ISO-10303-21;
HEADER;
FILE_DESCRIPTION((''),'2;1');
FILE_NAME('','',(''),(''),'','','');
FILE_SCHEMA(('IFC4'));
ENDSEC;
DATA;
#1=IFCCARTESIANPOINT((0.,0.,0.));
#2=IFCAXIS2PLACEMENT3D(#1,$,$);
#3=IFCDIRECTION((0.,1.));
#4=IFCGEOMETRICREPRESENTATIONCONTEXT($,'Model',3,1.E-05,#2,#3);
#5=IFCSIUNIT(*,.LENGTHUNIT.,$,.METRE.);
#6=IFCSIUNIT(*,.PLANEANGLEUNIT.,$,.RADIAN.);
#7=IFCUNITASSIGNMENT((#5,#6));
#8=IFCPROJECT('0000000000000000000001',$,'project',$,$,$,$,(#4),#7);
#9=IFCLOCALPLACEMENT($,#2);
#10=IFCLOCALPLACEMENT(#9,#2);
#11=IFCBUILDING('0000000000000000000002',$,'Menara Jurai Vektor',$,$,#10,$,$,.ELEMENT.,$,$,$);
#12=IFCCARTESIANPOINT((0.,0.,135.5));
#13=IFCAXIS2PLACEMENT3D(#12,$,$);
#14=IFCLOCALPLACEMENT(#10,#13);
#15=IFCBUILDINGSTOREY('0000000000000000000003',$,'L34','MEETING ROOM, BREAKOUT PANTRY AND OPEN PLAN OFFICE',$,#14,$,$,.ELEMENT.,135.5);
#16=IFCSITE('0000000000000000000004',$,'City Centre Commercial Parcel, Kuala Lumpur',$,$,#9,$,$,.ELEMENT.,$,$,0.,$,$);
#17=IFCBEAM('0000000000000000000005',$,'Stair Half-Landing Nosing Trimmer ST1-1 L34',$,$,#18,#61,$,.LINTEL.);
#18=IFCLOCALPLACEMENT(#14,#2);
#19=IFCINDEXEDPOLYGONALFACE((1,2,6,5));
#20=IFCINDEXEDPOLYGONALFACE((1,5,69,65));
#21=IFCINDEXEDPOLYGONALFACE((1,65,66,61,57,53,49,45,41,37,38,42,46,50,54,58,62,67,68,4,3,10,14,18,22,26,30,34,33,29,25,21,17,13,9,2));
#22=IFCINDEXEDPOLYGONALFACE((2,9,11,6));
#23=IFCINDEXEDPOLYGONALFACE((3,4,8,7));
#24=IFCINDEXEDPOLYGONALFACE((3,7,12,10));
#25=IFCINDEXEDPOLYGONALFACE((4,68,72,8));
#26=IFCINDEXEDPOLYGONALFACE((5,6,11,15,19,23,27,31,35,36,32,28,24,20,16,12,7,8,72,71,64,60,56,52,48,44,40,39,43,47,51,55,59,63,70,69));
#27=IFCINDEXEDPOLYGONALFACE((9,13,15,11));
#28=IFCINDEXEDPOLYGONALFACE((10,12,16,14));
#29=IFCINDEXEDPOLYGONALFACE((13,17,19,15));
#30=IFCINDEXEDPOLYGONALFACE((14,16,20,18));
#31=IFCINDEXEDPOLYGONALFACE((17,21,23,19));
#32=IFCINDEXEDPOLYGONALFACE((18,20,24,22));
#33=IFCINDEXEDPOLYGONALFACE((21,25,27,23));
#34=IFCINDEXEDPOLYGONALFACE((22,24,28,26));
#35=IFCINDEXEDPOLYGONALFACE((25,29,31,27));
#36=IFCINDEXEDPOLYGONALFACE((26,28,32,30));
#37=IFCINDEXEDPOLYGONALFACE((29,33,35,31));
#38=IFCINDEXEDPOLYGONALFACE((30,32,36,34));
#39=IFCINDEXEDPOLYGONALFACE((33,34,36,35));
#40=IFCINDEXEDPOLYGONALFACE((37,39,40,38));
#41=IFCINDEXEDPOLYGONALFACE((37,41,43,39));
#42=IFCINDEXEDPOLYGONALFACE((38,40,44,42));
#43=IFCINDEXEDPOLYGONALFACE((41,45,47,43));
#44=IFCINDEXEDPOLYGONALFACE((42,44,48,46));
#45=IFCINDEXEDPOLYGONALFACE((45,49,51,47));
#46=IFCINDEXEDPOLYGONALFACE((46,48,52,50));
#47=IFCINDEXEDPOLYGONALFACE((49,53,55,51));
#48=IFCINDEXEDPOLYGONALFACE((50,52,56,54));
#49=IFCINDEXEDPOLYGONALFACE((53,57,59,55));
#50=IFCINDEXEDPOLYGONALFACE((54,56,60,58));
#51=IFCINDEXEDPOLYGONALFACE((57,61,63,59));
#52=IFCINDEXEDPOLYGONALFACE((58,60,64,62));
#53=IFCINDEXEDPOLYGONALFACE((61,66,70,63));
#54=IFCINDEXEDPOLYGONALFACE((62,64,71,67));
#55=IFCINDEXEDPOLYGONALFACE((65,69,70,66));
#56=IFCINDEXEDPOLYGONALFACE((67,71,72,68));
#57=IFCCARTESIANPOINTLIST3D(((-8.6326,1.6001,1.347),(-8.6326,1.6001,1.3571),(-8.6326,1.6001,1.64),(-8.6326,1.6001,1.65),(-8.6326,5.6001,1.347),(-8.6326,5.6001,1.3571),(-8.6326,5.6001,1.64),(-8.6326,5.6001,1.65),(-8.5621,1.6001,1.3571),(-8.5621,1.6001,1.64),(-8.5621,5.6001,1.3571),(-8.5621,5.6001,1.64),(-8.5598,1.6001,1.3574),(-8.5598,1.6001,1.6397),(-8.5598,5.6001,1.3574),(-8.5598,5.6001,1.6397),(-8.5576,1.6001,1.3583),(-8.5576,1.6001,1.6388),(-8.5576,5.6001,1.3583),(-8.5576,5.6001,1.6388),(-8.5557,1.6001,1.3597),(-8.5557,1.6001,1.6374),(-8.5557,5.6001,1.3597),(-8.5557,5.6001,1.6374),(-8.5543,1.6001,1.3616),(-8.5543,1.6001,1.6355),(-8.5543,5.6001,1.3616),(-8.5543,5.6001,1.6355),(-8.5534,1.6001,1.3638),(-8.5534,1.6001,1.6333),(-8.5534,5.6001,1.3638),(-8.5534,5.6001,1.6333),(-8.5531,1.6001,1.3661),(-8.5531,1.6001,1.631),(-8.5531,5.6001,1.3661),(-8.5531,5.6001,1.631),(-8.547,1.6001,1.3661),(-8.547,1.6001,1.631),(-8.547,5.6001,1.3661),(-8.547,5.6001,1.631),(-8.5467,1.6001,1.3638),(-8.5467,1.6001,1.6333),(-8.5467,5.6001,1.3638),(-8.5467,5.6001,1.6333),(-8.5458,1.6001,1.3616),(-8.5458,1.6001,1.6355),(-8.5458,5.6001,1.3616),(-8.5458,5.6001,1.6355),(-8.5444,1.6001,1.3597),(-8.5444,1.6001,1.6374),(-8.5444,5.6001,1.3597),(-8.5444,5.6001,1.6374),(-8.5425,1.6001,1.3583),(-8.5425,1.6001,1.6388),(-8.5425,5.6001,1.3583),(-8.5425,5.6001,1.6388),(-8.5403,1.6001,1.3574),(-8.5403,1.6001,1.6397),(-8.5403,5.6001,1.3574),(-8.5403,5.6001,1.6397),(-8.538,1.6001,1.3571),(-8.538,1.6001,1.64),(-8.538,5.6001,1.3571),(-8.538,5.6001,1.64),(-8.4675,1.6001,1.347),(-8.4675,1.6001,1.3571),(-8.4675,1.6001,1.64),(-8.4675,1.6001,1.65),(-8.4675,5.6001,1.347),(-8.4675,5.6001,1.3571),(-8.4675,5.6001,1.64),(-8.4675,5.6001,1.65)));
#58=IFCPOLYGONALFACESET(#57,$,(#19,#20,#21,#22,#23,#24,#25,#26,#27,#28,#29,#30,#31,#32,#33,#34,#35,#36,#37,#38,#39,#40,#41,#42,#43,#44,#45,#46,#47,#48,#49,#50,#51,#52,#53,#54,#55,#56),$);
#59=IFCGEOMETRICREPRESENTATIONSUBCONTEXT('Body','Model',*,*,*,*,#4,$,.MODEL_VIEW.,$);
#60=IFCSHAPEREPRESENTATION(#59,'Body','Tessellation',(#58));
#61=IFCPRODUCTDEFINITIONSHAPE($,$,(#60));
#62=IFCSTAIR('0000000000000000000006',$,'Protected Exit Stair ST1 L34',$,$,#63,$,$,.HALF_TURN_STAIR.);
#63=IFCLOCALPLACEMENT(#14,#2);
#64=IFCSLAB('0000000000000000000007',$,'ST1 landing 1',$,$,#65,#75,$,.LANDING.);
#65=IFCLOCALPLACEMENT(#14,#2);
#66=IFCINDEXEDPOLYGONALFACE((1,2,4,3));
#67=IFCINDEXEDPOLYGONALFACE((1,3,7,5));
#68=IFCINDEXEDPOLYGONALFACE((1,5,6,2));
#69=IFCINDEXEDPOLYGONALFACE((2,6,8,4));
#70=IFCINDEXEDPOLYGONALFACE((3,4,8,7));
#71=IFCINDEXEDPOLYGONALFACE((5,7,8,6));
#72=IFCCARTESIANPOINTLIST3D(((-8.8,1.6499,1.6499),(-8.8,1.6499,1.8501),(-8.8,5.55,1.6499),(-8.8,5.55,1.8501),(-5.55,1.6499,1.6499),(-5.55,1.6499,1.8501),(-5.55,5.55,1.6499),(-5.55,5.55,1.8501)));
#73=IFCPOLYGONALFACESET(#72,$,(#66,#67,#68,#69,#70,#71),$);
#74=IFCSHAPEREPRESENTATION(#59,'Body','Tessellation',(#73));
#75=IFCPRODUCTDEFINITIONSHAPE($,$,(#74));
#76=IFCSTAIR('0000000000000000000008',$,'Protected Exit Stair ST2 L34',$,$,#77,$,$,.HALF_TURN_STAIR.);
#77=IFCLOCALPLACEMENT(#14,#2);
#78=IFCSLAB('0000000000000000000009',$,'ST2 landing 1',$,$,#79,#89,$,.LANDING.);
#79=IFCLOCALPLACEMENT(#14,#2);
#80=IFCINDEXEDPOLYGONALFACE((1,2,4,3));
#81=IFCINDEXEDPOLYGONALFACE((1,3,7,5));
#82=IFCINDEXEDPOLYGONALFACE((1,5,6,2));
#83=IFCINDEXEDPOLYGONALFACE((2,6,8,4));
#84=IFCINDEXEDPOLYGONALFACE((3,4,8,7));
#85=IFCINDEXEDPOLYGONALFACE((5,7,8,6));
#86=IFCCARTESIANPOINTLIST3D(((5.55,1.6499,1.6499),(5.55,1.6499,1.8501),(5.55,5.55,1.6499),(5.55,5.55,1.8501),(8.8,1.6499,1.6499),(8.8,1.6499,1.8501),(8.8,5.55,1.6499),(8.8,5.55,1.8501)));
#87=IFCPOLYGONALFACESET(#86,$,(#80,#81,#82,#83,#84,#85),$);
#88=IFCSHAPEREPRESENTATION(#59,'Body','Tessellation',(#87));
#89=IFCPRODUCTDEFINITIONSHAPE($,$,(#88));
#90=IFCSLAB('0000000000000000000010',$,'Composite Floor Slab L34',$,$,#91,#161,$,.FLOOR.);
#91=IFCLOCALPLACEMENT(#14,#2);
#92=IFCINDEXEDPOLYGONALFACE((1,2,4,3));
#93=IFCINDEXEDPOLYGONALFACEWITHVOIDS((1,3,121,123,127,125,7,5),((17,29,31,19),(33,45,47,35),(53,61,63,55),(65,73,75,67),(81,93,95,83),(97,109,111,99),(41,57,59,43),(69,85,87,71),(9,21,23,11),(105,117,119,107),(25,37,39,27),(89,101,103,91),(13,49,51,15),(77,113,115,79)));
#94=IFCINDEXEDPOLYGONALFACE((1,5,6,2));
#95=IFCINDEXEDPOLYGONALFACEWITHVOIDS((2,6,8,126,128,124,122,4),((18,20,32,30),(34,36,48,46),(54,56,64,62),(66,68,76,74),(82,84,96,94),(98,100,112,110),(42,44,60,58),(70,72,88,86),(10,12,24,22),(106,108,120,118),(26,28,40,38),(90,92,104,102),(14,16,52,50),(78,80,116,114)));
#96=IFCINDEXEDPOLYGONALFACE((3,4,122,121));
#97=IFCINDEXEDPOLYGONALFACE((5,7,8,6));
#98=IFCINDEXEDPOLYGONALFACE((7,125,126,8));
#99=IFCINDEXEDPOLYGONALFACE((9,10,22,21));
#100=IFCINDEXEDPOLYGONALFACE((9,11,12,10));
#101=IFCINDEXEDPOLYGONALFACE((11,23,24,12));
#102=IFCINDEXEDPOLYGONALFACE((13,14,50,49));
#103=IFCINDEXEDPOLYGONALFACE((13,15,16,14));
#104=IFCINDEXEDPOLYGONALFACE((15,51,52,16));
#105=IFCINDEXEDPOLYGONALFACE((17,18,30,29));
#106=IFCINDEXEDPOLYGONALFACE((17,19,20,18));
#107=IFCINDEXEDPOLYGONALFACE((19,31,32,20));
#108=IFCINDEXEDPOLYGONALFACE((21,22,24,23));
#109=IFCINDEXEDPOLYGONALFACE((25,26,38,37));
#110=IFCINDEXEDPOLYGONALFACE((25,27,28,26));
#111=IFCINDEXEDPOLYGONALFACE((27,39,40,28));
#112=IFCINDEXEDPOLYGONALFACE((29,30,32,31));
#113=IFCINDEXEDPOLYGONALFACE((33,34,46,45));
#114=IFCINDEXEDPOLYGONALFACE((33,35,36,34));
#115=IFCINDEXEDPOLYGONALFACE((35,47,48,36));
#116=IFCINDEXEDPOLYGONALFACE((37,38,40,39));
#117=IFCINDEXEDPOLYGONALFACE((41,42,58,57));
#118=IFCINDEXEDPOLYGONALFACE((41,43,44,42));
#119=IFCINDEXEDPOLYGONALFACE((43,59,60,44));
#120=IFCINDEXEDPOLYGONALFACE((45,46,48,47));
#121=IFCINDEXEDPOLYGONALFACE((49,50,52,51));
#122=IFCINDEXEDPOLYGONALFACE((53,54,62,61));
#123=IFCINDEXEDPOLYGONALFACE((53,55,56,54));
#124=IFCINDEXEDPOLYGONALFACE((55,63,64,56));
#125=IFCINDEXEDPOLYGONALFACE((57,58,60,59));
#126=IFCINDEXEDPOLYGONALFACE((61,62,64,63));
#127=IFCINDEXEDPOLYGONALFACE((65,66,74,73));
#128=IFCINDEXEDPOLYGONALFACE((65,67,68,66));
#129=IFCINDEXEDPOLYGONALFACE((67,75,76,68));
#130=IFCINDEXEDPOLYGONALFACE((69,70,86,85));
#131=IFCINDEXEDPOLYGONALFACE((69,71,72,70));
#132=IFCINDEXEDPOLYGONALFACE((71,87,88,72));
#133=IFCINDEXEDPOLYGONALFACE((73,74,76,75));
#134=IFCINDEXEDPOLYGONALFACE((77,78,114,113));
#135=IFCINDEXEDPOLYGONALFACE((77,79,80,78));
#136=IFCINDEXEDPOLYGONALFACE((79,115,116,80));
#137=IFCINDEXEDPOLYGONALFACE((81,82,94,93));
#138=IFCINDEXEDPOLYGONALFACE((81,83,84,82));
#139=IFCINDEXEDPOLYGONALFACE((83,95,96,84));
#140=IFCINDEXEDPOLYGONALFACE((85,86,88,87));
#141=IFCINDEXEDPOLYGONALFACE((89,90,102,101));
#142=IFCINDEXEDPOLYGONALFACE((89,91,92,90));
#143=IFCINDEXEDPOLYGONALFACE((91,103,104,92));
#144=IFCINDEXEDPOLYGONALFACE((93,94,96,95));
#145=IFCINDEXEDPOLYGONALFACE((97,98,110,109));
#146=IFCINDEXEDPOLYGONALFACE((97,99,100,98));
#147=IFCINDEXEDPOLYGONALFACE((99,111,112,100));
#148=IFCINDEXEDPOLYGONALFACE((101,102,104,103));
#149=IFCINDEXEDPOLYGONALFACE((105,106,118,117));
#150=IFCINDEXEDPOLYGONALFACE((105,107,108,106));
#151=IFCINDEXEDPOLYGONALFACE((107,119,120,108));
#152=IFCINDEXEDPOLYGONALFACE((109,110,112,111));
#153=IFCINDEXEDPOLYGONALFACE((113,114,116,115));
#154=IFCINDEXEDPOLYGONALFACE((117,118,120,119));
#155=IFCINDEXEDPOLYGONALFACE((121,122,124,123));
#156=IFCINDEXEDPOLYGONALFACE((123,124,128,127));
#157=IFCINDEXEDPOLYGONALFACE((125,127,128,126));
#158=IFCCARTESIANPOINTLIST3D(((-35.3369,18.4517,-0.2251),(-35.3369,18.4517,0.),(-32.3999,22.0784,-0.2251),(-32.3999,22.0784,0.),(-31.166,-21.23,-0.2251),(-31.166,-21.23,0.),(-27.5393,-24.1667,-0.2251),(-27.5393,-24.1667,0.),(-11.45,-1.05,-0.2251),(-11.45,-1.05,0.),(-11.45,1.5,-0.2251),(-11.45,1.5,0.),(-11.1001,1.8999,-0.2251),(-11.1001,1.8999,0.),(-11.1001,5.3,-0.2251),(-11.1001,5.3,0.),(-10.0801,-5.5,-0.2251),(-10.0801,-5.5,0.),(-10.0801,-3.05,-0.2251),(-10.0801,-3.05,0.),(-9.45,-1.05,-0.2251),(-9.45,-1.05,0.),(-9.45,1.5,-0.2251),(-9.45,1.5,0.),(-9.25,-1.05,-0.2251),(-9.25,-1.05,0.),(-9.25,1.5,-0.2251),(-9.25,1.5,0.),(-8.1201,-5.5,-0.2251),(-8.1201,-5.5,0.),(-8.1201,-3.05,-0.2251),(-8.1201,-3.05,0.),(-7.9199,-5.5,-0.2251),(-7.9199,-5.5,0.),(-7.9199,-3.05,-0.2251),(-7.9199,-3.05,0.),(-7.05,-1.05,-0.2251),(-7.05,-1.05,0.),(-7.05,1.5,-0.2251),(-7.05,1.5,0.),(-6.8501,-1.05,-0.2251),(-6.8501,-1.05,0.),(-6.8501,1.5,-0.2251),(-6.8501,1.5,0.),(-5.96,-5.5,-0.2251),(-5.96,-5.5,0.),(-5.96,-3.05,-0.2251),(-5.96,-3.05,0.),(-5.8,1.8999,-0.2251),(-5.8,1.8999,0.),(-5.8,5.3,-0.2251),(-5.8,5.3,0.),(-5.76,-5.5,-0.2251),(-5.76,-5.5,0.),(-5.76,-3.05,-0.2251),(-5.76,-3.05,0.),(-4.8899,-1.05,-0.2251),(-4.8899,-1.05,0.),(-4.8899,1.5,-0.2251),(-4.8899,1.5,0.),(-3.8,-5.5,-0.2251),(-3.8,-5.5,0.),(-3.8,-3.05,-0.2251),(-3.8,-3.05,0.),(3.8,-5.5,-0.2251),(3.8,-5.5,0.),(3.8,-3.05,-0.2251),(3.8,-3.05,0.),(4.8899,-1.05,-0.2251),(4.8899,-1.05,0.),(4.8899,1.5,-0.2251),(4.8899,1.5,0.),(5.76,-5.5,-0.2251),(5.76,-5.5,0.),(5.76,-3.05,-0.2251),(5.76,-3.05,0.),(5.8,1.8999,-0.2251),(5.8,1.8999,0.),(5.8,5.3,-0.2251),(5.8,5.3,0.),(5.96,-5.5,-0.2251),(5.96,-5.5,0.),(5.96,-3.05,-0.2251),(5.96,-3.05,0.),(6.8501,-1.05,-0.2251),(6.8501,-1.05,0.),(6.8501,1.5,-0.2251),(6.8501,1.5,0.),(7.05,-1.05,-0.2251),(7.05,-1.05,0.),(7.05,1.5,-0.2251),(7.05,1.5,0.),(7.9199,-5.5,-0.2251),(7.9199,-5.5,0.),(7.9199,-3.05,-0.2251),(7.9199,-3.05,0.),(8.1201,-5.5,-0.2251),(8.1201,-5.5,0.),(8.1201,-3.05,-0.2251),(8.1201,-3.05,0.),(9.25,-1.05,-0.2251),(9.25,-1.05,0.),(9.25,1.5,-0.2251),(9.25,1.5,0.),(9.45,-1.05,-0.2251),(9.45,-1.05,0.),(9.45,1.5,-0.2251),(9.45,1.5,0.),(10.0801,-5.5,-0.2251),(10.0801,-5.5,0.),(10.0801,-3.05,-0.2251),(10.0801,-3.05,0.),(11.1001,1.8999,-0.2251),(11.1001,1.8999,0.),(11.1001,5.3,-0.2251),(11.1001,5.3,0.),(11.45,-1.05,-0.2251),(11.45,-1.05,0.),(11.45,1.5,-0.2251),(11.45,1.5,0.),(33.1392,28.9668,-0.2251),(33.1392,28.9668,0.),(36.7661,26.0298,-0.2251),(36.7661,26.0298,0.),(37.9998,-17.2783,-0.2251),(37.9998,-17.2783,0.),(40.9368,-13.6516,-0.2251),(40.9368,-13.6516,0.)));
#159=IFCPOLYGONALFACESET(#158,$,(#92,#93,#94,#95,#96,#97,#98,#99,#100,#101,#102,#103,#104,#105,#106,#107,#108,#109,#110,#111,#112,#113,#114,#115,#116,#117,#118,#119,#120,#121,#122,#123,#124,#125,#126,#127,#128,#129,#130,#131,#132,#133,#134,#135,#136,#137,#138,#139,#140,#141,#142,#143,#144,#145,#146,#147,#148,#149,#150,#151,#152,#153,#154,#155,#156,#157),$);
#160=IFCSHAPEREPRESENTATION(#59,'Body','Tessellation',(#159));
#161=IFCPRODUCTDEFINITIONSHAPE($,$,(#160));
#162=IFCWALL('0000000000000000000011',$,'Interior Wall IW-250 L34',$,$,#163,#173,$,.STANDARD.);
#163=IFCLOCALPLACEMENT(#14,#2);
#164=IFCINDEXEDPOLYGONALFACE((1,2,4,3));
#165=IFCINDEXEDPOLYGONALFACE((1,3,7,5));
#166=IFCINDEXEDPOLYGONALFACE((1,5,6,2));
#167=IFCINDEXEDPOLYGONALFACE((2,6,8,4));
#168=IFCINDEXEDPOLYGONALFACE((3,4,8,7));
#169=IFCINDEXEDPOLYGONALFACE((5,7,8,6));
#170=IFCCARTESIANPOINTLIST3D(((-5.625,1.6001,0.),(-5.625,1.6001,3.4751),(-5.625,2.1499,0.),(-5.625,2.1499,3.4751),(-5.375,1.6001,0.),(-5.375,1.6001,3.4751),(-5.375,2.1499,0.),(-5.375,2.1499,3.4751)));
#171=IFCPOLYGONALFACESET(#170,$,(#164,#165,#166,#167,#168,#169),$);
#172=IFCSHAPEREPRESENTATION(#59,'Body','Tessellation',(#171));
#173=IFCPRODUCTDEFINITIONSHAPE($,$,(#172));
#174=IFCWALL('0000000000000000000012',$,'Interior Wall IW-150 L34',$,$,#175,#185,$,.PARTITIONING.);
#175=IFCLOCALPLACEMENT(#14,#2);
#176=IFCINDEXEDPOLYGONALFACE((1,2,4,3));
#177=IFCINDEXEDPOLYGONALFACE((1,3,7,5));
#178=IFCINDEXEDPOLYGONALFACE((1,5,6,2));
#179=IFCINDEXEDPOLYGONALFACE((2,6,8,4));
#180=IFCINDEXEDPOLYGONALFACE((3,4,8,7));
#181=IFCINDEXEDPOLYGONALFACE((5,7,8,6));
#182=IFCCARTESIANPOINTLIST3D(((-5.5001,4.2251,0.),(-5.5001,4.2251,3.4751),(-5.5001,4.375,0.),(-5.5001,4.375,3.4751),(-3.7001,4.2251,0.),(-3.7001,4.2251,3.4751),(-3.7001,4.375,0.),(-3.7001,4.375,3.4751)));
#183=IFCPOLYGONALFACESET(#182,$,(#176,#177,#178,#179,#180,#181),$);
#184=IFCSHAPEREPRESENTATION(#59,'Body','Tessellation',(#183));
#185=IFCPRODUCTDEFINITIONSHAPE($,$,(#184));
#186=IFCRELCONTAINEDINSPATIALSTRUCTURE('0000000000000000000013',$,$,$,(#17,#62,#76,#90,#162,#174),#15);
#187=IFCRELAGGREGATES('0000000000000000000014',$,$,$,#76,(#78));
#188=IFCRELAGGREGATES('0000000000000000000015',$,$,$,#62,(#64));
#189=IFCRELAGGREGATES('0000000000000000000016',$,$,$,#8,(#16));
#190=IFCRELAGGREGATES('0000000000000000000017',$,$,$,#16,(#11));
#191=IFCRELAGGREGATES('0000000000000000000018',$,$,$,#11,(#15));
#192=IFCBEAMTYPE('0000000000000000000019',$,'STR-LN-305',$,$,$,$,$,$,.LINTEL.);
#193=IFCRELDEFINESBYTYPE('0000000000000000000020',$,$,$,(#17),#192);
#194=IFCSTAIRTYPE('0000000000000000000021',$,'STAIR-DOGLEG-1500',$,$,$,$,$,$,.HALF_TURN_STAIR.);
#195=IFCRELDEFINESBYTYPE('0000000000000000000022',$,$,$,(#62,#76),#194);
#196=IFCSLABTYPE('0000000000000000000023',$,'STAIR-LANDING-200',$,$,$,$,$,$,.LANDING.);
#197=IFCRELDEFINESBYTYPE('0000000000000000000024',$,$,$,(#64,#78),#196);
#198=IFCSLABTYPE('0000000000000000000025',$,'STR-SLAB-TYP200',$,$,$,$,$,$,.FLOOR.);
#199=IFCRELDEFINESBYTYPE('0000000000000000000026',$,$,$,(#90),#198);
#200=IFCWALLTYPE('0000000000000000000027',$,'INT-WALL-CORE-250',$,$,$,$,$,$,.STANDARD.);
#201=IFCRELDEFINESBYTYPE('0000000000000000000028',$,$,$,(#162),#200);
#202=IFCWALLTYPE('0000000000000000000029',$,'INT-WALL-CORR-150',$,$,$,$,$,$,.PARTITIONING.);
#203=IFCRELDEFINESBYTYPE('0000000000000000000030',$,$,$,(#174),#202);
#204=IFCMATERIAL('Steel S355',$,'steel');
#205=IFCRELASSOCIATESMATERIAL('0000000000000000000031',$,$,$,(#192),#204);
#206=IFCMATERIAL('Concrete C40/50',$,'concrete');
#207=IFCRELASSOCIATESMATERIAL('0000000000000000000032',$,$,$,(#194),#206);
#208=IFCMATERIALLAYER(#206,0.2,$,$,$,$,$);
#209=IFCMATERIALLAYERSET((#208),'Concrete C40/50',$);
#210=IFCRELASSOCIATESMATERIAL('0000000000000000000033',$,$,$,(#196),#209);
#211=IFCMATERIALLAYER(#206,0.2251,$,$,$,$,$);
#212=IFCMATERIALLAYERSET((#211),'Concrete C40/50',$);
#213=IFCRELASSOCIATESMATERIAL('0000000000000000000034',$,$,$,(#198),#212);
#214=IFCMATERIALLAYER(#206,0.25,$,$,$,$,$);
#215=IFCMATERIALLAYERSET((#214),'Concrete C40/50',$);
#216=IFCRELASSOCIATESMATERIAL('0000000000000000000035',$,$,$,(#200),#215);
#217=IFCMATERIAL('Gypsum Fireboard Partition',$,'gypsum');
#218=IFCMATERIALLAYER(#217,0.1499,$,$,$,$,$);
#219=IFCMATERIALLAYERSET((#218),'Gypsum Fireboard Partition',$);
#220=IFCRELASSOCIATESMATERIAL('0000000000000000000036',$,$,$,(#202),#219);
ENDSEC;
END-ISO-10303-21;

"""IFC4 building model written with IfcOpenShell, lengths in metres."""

from ifc_helpers import new_model, si_unit, direction, frame, frame_2d, origin, origin_2d, place, context, subcontext, project, spatial, polyline, rectangle, i_section, outline, extrude, material, layer, layer_set, material_profile, profile_set, type_object, element, aggregate, save


model = new_model("IFC4")

# Units and contexts
model_context = context("Model", 3, precision=1e-05, world=origin(), true_north=direction((0.0, 1.0)))
body_context = subcontext(model_context, "Body", "Model", "MODEL_VIEW")
ifc_project = project(units=[si_unit("LENGTHUNIT", "METRE"), si_unit("PLANEANGLEUNIT", "RADIAN")], contexts=[model_context])

# Site, building, storey
site_placement = place(None, origin())
site = spatial("IfcSite", under=ifc_project, at=site_placement, Name="City Centre Commercial Parcel, Kuala Lumpur", CompositionType="ELEMENT", RefElevation=0.0)
building_placement = place(site_placement, origin())
building = spatial("IfcBuilding", under=site, at=building_placement, Name="Menara Jurai Vektor", CompositionType="ELEMENT")
storey_placement = place(building_placement, frame((0.0, 0.0, 135.5)))
storey = spatial("IfcBuildingStorey", under=building, at=storey_placement, Name="L34", Description="MEETING ROOM, BREAKOUT PANTRY AND OPEN PLAN OFFICE", CompositionType="ELEMENT", Elevation=135.5)

# Shared definitions
ifc_material_1 = material(Name="Steel S355", Category="steel")

# Beam
ifc_material_profile_1 = material_profile(ifc_material_1, i_section(OverallWidth=0.165, OverallDepth=0.303, WebThickness=0.0061, FlangeThickness=0.01, FilletRadius=0.009, at=origin_2d()), Name="UKB 305x165x40")
ifc_profile_set_1 = profile_set([ifc_material_profile_1], Name="Steel S355")
beam_type_1 = type_object("IfcBeamType", Name="STR-LN-305", PredefinedType="LINTEL", material=ifc_profile_set_1)
beam_1_placement = place(storey_placement, frame((-8.55, 1.6001, 1.4985), z_axis=(0.0, 1.0, 0.0), x_axis=(-1.0, 0.0, 0.0)))
element("IfcBeam", 1, at=beam_1_placement, inside=storey, type_object=beam_type_1, Name="Stair Half-Landing Nosing Trimmer ST1-1 L34", PredefinedType="LINTEL", context=body_context, shape_type="SweptSolid", body=[
    extrude(i_section(OverallWidth=0.165, OverallDepth=0.303, WebThickness=0.0061, FlangeThickness=0.01, FilletRadius=0.009, at=origin_2d()), origin(), (0.0, 0.0, 1.0), 4.0),
])

# Stairs, slabs
ifc_material_2 = material(Name="Concrete C40/50", Category="concrete")
stair_type = type_object("IfcStairType", Name="STAIR-DOGLEG-1500", PredefinedType="HALF_TURN_STAIR", material=ifc_material_2)
stair_1_placement = place(storey_placement, origin())
stair_1 = element("IfcStair", 2, at=stair_1_placement, inside=storey, type_object=stair_type, Name="Protected Exit Stair ST1 L34", PredefinedType="HALF_TURN_STAIR")
ifc_layer_1 = layer(ifc_material_2, 0.2)
ifc_layer_set_1 = layer_set([ifc_layer_1], Name="Concrete C40/50")
slab_type_1 = type_object("IfcSlabType", Name="STAIR-LANDING-200", PredefinedType="LANDING", material=ifc_layer_set_1)
slab_1_placement = place(storey_placement, frame((0.0, 0.0, 1.6499)))
slab_1 = element("IfcSlab", 3, at=slab_1_placement, type_object=slab_type_1, Name="ST1 landing 1", PredefinedType="LANDING", context=body_context, shape_type="SweptSolid", body=[
    extrude(outline(polyline([(-8.8, 1.6499), (-5.55, 1.6499), (-5.55, 5.55), (-8.8, 5.55), (-8.8, 1.6499)])), origin(), (0.0, 0.0, 1.0), 0.2002),
])
stair_2_placement = place(storey_placement, origin())
stair_2 = element("IfcStair", 4, at=stair_2_placement, inside=storey, type_object=stair_type, Name="Protected Exit Stair ST2 L34", PredefinedType="HALF_TURN_STAIR")
slab_2_placement = place(storey_placement, frame((0.0, 0.0, 1.6499)))
slab_2 = element("IfcSlab", 5, at=slab_2_placement, type_object=slab_type_1, Name="ST2 landing 1", PredefinedType="LANDING", context=body_context, shape_type="SweptSolid", body=[
    extrude(outline(polyline([(5.55, 1.6499), (8.8, 1.6499), (8.8, 5.55), (5.55, 5.55), (5.55, 1.6499)])), origin(), (0.0, 0.0, 1.0), 0.2002),
])
aggregate(stair_2, [slab_2])

# Slab
ifc_layer_2 = layer(ifc_material_2, 0.2251)
ifc_layer_set_2 = layer_set([ifc_layer_2], Name="Concrete C40/50")
slab_type_2 = type_object("IfcSlabType", Name="STR-SLAB-TYP200", PredefinedType="FLOOR", material=ifc_layer_set_2)
slab_3_placement = place(storey_placement, frame((0.0, 0.0, -0.2251)))
element("IfcSlab", 6, at=slab_3_placement, inside=storey, type_object=slab_type_2, Name="Composite Floor Slab L34", PredefinedType="FLOOR", context=body_context, shape_type="SweptSolid", body=[
    extrude(outline(polyline([(-27.5393, -24.1667), (37.9998, -17.2783), (40.9368, -13.6516), (36.7661, 26.0298), (33.1392, 28.9668), (-32.3999, 22.0784), (-35.3369, 18.4517), (-31.166, -21.23), (-27.5393, -24.1667)]), holes=[polyline([(-11.1001, 1.8999), (-11.1001, 5.3), (-5.8, 5.3), (-5.8, 1.8999), (-11.1001, 1.8999)]), polyline([(5.8, 1.8999), (5.8, 5.3), (11.1001, 5.3), (11.1001, 1.8999), (5.8, 1.8999)]), polyline([(-11.45, -1.05), (-11.45, 1.5), (-9.45, 1.5), (-9.45, -1.05), (-11.45, -1.05)]), polyline([(9.45, -1.05), (9.45, 1.5), (11.45, 1.5), (11.45, -1.05), (9.45, -1.05)]), polyline([(-5.76, -5.5), (-5.76, -3.05), (-3.8, -3.05), (-3.8, -5.5), (-5.76, -5.5)]), polyline([(-6.8501, -1.05), (-6.8501, 1.5), (-4.8899, 1.5), (-4.8899, -1.05), (-6.8501, -1.05)]), polyline([(3.8, -5.5), (3.8, -3.05), (5.76, -3.05), (5.76, -5.5), (3.8, -5.5)]), polyline([(4.8899, -1.05), (4.8899, 1.5), (6.8501, 1.5), (6.8501, -1.05), (4.8899, -1.05)]), polyline([(-10.0801, -5.5), (-10.0801, -3.05), (-8.1201, -3.05), (-8.1201, -5.5), (-10.0801, -5.5)]), polyline([(-7.9199, -5.5), (-7.9199, -3.05), (-5.96, -3.05), (-5.96, -5.5), (-7.9199, -5.5)]), polyline([(5.96, -5.5), (5.96, -3.05), (7.9199, -3.05), (7.9199, -5.5), (5.96, -5.5)]), polyline([(8.1201, -5.5), (8.1201, -3.05), (10.0801, -3.05), (10.0801, -5.5), (8.1201, -5.5)]), polyline([(-9.25, -1.05), (-9.25, 1.5), (-7.05, 1.5), (-7.05, -1.05), (-9.25, -1.05)]), polyline([(7.05, -1.05), (7.05, 1.5), (9.25, 1.5), (9.25, -1.05), (7.05, -1.05)])]), origin(), (0.0, 0.0, 1.0), 0.2251),
])

# Shared definitions
ifc_layer_3 = layer(ifc_material_2, 0.25)
ifc_layer_set_3 = layer_set([ifc_layer_3], Name="Concrete C40/50")
wall_type_1 = type_object("IfcWallType", Name="INT-WALL-CORE-250", PredefinedType="STANDARD", material=ifc_layer_set_3)

# Walls
wall_1_placement = place(storey_placement, frame((-5.5, 1.6001, 0.0), z_axis=(0.0, 0.0, 1.0), x_axis=(0.0, 1.0, 0.0)))
element("IfcWall", 7, at=wall_1_placement, inside=storey, type_object=wall_type_1, Name="Interior Wall IW-250 L34", PredefinedType="STANDARD", context=body_context, shape_type="SweptSolid", body=[
    extrude(rectangle(XDim=0.5498, YDim=0.25, at=frame_2d((0.2749, 0.0))), origin(), (0.0, 0.0, 1.0), 3.4751),
])
ifc_material_3 = material(Name="Gypsum Fireboard Partition", Category="gypsum")
ifc_layer_4 = layer(ifc_material_3, 0.1499)
ifc_layer_set_4 = layer_set([ifc_layer_4], Name="Gypsum Fireboard Partition")
wall_type_2 = type_object("IfcWallType", Name="INT-WALL-CORR-150", PredefinedType="PARTITIONING", material=ifc_layer_set_4)
wall_2_placement = place(storey_placement, frame((-5.5, 4.3, 0.0), z_axis=(0.0, 0.0, 1.0), x_axis=(1.0, 0.0, 0.0)))
element("IfcWall", 8, at=wall_2_placement, inside=storey, type_object=wall_type_2, Name="Interior Wall IW-150 L34", PredefinedType="PARTITIONING", context=body_context, shape_type="SweptSolid", body=[
    extrude(rectangle(XDim=1.8, YDim=0.1499, at=frame_2d((0.8999, 0.0))), origin(), (0.0, 0.0, 1.0), 3.4751),
])

aggregate(stair_1, [slab_1])

save(model, "model.ifc")
